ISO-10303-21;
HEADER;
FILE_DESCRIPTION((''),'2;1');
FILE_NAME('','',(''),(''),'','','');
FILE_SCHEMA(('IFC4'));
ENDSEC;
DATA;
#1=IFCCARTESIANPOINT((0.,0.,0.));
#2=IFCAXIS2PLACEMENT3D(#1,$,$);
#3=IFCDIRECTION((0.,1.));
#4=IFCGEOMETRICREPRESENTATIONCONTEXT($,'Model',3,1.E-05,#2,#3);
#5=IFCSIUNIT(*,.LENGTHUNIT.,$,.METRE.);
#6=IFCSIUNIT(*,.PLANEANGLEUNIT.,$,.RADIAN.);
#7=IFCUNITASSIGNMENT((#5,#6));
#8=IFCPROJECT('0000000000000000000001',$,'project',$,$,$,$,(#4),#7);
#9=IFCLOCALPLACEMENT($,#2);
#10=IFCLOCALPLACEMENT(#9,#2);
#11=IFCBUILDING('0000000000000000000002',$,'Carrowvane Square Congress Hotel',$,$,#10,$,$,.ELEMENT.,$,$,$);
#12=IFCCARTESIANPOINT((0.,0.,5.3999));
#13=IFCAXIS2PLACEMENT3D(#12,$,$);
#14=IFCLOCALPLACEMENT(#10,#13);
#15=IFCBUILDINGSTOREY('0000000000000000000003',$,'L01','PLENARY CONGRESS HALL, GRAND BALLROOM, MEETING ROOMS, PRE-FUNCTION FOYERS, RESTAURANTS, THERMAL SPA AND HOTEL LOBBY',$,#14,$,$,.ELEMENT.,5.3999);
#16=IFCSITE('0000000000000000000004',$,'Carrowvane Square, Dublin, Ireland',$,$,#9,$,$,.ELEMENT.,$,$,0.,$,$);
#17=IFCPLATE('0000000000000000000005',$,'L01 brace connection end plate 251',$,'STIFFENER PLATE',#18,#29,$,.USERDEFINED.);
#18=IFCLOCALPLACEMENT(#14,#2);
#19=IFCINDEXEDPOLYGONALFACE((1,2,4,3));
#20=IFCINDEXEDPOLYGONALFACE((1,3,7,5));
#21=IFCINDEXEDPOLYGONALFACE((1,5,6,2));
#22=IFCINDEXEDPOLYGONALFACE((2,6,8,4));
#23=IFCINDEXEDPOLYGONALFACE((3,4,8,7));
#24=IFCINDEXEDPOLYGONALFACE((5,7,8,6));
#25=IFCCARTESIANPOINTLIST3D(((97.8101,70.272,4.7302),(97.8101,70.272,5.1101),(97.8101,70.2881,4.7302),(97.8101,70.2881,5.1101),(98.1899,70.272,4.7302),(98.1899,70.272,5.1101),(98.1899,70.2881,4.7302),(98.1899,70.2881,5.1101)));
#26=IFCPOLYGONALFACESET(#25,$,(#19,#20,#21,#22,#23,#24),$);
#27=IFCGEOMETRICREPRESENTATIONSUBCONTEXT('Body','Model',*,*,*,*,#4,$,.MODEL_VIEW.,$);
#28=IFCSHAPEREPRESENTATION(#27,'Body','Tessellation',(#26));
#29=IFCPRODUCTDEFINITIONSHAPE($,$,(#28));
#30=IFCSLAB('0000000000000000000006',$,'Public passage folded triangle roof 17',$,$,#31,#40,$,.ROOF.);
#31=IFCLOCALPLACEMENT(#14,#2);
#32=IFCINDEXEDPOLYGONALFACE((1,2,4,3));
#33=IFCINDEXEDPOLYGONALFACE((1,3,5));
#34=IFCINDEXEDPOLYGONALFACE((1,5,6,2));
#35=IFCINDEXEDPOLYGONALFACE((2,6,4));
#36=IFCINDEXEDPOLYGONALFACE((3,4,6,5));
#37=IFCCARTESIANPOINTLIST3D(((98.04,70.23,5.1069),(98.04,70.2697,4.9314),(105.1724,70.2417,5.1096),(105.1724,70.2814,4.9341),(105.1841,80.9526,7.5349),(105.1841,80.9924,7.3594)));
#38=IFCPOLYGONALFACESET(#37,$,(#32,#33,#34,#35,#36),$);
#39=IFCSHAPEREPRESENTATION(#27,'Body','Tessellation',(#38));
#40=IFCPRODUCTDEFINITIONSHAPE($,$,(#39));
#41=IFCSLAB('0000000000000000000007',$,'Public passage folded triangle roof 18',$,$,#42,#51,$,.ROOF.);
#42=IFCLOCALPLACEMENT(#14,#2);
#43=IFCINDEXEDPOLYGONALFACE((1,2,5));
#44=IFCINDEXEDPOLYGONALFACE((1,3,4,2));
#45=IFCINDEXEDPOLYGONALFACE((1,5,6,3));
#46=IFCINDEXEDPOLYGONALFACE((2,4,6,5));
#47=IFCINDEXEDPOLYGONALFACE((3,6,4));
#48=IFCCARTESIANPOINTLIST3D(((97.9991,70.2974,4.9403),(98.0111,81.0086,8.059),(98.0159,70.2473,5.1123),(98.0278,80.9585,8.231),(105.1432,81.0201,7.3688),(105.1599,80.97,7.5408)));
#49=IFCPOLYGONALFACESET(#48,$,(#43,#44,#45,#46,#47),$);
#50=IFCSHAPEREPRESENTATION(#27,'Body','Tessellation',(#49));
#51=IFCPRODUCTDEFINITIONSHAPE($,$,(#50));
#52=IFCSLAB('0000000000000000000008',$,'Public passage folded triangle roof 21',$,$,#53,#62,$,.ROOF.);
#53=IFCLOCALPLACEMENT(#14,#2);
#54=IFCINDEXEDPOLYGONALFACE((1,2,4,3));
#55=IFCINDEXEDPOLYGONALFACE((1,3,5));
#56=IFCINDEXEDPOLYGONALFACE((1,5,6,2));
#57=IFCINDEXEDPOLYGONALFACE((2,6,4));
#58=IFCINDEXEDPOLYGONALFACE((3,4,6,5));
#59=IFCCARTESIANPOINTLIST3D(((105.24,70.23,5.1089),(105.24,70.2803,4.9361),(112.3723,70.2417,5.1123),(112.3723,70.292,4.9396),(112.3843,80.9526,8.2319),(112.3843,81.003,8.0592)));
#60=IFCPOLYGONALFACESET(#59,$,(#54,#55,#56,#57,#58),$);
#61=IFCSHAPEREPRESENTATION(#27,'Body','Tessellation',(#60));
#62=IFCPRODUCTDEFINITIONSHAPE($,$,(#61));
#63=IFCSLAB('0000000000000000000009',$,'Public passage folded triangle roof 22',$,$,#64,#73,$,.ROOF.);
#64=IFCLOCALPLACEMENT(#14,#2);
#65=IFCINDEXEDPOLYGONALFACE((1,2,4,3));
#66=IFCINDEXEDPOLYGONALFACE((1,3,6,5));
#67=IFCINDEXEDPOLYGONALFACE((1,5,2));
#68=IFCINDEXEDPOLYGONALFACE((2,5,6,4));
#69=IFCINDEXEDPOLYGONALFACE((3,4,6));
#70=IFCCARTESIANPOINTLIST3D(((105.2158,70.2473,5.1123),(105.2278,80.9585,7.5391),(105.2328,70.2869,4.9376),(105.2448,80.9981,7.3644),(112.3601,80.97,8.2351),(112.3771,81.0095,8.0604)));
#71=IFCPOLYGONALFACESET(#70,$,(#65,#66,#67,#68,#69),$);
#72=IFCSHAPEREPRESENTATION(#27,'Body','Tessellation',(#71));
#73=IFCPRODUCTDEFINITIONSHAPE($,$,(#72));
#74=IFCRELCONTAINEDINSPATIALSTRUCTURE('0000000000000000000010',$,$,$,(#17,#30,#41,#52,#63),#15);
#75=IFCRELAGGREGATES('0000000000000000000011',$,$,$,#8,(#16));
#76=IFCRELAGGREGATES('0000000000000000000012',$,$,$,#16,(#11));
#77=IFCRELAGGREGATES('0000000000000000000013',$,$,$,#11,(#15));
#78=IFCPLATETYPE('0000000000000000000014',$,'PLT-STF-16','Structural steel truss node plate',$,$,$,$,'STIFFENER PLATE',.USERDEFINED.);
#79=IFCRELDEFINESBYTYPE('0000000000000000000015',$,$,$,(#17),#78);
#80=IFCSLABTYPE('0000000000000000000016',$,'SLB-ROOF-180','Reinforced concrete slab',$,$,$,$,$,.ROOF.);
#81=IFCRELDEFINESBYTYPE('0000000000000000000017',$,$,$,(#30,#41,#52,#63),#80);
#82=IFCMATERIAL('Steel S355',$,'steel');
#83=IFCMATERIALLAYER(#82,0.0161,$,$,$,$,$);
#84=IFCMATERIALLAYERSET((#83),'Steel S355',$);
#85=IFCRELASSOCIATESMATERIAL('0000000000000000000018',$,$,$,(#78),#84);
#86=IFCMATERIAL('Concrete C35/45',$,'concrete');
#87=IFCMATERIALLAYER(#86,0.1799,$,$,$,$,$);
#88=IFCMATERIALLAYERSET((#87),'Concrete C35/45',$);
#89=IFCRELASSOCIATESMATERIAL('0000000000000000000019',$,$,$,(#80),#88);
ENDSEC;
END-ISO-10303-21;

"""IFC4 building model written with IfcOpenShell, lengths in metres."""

from ifc_helpers import new_model, si_unit, direction, frame, origin, origin_2d, place, context, subcontext, project, spatial, polyline, rectangle, outline, extrude, material, layer, layer_set, type_object, element, save


model = new_model("IFC4")

# Units and contexts
model_context = context("Model", 3, precision=1e-05, world=origin(), true_north=direction((0.0, 1.0)))
body_context = subcontext(model_context, "Body", "Model", "MODEL_VIEW")
ifc_project = project(units=[si_unit("LENGTHUNIT", "METRE"), si_unit("PLANEANGLEUNIT", "RADIAN")], contexts=[model_context])

# Site, building, storey
site_placement = place(None, origin())
site = spatial("IfcSite", under=ifc_project, at=site_placement, Name="Carrowvane Square, Dublin, Ireland", CompositionType="ELEMENT", RefElevation=0.0)
building_placement = place(site_placement, origin())
building = spatial("IfcBuilding", under=site, at=building_placement, Name="Carrowvane Square Congress Hotel", CompositionType="ELEMENT")
storey_placement = place(building_placement, frame((0.0, 0.0, 5.3999)))
storey = spatial("IfcBuildingStorey", under=building, at=storey_placement, Name="L01", Description="PLENARY CONGRESS HALL, GRAND BALLROOM, MEETING ROOMS, PRE-FUNCTION FOYERS, RESTAURANTS, THERMAL SPA AND HOTEL LOBBY", CompositionType="ELEMENT", Elevation=5.3999)

# Plate
ifc_material_1 = material(Name="Steel S355", Category="steel")
ifc_layer_1 = layer(ifc_material_1, 0.0161)
ifc_layer_set_1 = layer_set([ifc_layer_1], Name="Steel S355")
plate_type_1 = type_object("IfcPlateType", Name="PLT-STF-16", Description="Structural steel truss node plate", ElementType="STIFFENER PLATE", PredefinedType="USERDEFINED", material=ifc_layer_set_1)
plate_1_placement = place(storey_placement, frame((98.0, 70.28, 4.7302), z_axis=(0.0, 0.0, 1.0), x_axis=(1.0, 0.0, 0.0)))
element("IfcPlate", 1, at=plate_1_placement, inside=storey, type_object=plate_type_1, Name="L01 brace connection end plate 251", ObjectType="STIFFENER PLATE", PredefinedType="USERDEFINED", context=body_context, shape_type="SweptSolid", body=[
    extrude(rectangle(XDim=0.3799, YDim=0.0161, at=origin_2d()), origin(), (0.0, 0.0, 1.0), 0.3799),
])

# Slabs
ifc_material_2 = material(Name="Concrete C35/45", Category="concrete")
ifc_layer_2 = layer(ifc_material_2, 0.1799)
ifc_layer_set_2 = layer_set([ifc_layer_2], Name="Concrete C35/45")
slab_type = type_object("IfcSlabType", Name="SLB-ROOF-180", Description="Reinforced concrete slab", PredefinedType="ROOF", material=ifc_layer_set_2)
slab_1_placement = place(storey_placement, frame((98.04, 70.23, 5.1069), z_axis=(-0.000004, -0.220841, 0.97531), x_axis=(0.999999, 0.001643, 0.000377)))
element("IfcSlab", 2, at=slab_1_placement, inside=storey, type_object=slab_type, Name="Public passage folded triangle roof 17", PredefinedType="ROOF", context=body_context, shape_type="SweptSolid", body=[
    extrude(outline(polyline([(0.0, 0.0), (7.1323, 0.0), (7.1626, 10.9821), (0.0, 0.0)])), origin(), (0.0, 0.0, -1.0), 0.1799),
])
slab_2_placement = place(storey_placement, frame((98.0159, 70.2473, 5.1123), z_axis=(0.092957, -0.278436, 0.955946), x_axis=(0.54487, 0.817808, 0.185217)))
element("IfcSlab", 3, at=slab_2_placement, inside=storey, type_object=slab_type, Name="Public passage folded triangle roof 18", PredefinedType="ROOF", context=body_context, shape_type="SweptSolid", body=[
    extrude(outline(polyline([(0.0, 0.0), (13.1115, 0.0), (9.3438, 6.0949), (0.0, 0.0)])), origin(), (0.0, 0.0, -1.0), 0.1799),
])
slab_3_placement = place(storey_placement, frame((105.24, 70.23, 5.1089), z_axis=(-0.000001, -0.279637, 0.960106), x_axis=(0.999999, 0.001643, 0.000479)))
element("IfcSlab", 4, at=slab_3_placement, inside=storey, type_object=slab_type, Name="Public passage folded triangle roof 21", PredefinedType="ROOF", context=body_context, shape_type="SweptSolid", body=[
    extrude(outline(polyline([(0.0, 0.0), (7.1323, 0.0), (7.1634, 11.156), (0.0, 0.0)])), origin(), (0.0, 0.0, -1.0), 0.1799),
])
slab_4_placement = place(storey_placement, frame((105.2158, 70.2473, 5.1123), z_axis=(-0.094401, -0.219876, 0.97095), x_axis=(0.538876, 0.808784, 0.235545)))
element("IfcSlab", 5, at=slab_4_placement, inside=storey, type_object=slab_type, Name="Public passage folded triangle roof 22", PredefinedType="ROOF", context=body_context, shape_type="SweptSolid", body=[
    extrude(outline(polyline([(0.0, 0.0), (13.2578, 0.0), (9.2411, 5.9347), (0.0, 0.0)])), origin(), (0.0, 0.0, -1.0), 0.1799),
])

save(model, "model.ifc")
